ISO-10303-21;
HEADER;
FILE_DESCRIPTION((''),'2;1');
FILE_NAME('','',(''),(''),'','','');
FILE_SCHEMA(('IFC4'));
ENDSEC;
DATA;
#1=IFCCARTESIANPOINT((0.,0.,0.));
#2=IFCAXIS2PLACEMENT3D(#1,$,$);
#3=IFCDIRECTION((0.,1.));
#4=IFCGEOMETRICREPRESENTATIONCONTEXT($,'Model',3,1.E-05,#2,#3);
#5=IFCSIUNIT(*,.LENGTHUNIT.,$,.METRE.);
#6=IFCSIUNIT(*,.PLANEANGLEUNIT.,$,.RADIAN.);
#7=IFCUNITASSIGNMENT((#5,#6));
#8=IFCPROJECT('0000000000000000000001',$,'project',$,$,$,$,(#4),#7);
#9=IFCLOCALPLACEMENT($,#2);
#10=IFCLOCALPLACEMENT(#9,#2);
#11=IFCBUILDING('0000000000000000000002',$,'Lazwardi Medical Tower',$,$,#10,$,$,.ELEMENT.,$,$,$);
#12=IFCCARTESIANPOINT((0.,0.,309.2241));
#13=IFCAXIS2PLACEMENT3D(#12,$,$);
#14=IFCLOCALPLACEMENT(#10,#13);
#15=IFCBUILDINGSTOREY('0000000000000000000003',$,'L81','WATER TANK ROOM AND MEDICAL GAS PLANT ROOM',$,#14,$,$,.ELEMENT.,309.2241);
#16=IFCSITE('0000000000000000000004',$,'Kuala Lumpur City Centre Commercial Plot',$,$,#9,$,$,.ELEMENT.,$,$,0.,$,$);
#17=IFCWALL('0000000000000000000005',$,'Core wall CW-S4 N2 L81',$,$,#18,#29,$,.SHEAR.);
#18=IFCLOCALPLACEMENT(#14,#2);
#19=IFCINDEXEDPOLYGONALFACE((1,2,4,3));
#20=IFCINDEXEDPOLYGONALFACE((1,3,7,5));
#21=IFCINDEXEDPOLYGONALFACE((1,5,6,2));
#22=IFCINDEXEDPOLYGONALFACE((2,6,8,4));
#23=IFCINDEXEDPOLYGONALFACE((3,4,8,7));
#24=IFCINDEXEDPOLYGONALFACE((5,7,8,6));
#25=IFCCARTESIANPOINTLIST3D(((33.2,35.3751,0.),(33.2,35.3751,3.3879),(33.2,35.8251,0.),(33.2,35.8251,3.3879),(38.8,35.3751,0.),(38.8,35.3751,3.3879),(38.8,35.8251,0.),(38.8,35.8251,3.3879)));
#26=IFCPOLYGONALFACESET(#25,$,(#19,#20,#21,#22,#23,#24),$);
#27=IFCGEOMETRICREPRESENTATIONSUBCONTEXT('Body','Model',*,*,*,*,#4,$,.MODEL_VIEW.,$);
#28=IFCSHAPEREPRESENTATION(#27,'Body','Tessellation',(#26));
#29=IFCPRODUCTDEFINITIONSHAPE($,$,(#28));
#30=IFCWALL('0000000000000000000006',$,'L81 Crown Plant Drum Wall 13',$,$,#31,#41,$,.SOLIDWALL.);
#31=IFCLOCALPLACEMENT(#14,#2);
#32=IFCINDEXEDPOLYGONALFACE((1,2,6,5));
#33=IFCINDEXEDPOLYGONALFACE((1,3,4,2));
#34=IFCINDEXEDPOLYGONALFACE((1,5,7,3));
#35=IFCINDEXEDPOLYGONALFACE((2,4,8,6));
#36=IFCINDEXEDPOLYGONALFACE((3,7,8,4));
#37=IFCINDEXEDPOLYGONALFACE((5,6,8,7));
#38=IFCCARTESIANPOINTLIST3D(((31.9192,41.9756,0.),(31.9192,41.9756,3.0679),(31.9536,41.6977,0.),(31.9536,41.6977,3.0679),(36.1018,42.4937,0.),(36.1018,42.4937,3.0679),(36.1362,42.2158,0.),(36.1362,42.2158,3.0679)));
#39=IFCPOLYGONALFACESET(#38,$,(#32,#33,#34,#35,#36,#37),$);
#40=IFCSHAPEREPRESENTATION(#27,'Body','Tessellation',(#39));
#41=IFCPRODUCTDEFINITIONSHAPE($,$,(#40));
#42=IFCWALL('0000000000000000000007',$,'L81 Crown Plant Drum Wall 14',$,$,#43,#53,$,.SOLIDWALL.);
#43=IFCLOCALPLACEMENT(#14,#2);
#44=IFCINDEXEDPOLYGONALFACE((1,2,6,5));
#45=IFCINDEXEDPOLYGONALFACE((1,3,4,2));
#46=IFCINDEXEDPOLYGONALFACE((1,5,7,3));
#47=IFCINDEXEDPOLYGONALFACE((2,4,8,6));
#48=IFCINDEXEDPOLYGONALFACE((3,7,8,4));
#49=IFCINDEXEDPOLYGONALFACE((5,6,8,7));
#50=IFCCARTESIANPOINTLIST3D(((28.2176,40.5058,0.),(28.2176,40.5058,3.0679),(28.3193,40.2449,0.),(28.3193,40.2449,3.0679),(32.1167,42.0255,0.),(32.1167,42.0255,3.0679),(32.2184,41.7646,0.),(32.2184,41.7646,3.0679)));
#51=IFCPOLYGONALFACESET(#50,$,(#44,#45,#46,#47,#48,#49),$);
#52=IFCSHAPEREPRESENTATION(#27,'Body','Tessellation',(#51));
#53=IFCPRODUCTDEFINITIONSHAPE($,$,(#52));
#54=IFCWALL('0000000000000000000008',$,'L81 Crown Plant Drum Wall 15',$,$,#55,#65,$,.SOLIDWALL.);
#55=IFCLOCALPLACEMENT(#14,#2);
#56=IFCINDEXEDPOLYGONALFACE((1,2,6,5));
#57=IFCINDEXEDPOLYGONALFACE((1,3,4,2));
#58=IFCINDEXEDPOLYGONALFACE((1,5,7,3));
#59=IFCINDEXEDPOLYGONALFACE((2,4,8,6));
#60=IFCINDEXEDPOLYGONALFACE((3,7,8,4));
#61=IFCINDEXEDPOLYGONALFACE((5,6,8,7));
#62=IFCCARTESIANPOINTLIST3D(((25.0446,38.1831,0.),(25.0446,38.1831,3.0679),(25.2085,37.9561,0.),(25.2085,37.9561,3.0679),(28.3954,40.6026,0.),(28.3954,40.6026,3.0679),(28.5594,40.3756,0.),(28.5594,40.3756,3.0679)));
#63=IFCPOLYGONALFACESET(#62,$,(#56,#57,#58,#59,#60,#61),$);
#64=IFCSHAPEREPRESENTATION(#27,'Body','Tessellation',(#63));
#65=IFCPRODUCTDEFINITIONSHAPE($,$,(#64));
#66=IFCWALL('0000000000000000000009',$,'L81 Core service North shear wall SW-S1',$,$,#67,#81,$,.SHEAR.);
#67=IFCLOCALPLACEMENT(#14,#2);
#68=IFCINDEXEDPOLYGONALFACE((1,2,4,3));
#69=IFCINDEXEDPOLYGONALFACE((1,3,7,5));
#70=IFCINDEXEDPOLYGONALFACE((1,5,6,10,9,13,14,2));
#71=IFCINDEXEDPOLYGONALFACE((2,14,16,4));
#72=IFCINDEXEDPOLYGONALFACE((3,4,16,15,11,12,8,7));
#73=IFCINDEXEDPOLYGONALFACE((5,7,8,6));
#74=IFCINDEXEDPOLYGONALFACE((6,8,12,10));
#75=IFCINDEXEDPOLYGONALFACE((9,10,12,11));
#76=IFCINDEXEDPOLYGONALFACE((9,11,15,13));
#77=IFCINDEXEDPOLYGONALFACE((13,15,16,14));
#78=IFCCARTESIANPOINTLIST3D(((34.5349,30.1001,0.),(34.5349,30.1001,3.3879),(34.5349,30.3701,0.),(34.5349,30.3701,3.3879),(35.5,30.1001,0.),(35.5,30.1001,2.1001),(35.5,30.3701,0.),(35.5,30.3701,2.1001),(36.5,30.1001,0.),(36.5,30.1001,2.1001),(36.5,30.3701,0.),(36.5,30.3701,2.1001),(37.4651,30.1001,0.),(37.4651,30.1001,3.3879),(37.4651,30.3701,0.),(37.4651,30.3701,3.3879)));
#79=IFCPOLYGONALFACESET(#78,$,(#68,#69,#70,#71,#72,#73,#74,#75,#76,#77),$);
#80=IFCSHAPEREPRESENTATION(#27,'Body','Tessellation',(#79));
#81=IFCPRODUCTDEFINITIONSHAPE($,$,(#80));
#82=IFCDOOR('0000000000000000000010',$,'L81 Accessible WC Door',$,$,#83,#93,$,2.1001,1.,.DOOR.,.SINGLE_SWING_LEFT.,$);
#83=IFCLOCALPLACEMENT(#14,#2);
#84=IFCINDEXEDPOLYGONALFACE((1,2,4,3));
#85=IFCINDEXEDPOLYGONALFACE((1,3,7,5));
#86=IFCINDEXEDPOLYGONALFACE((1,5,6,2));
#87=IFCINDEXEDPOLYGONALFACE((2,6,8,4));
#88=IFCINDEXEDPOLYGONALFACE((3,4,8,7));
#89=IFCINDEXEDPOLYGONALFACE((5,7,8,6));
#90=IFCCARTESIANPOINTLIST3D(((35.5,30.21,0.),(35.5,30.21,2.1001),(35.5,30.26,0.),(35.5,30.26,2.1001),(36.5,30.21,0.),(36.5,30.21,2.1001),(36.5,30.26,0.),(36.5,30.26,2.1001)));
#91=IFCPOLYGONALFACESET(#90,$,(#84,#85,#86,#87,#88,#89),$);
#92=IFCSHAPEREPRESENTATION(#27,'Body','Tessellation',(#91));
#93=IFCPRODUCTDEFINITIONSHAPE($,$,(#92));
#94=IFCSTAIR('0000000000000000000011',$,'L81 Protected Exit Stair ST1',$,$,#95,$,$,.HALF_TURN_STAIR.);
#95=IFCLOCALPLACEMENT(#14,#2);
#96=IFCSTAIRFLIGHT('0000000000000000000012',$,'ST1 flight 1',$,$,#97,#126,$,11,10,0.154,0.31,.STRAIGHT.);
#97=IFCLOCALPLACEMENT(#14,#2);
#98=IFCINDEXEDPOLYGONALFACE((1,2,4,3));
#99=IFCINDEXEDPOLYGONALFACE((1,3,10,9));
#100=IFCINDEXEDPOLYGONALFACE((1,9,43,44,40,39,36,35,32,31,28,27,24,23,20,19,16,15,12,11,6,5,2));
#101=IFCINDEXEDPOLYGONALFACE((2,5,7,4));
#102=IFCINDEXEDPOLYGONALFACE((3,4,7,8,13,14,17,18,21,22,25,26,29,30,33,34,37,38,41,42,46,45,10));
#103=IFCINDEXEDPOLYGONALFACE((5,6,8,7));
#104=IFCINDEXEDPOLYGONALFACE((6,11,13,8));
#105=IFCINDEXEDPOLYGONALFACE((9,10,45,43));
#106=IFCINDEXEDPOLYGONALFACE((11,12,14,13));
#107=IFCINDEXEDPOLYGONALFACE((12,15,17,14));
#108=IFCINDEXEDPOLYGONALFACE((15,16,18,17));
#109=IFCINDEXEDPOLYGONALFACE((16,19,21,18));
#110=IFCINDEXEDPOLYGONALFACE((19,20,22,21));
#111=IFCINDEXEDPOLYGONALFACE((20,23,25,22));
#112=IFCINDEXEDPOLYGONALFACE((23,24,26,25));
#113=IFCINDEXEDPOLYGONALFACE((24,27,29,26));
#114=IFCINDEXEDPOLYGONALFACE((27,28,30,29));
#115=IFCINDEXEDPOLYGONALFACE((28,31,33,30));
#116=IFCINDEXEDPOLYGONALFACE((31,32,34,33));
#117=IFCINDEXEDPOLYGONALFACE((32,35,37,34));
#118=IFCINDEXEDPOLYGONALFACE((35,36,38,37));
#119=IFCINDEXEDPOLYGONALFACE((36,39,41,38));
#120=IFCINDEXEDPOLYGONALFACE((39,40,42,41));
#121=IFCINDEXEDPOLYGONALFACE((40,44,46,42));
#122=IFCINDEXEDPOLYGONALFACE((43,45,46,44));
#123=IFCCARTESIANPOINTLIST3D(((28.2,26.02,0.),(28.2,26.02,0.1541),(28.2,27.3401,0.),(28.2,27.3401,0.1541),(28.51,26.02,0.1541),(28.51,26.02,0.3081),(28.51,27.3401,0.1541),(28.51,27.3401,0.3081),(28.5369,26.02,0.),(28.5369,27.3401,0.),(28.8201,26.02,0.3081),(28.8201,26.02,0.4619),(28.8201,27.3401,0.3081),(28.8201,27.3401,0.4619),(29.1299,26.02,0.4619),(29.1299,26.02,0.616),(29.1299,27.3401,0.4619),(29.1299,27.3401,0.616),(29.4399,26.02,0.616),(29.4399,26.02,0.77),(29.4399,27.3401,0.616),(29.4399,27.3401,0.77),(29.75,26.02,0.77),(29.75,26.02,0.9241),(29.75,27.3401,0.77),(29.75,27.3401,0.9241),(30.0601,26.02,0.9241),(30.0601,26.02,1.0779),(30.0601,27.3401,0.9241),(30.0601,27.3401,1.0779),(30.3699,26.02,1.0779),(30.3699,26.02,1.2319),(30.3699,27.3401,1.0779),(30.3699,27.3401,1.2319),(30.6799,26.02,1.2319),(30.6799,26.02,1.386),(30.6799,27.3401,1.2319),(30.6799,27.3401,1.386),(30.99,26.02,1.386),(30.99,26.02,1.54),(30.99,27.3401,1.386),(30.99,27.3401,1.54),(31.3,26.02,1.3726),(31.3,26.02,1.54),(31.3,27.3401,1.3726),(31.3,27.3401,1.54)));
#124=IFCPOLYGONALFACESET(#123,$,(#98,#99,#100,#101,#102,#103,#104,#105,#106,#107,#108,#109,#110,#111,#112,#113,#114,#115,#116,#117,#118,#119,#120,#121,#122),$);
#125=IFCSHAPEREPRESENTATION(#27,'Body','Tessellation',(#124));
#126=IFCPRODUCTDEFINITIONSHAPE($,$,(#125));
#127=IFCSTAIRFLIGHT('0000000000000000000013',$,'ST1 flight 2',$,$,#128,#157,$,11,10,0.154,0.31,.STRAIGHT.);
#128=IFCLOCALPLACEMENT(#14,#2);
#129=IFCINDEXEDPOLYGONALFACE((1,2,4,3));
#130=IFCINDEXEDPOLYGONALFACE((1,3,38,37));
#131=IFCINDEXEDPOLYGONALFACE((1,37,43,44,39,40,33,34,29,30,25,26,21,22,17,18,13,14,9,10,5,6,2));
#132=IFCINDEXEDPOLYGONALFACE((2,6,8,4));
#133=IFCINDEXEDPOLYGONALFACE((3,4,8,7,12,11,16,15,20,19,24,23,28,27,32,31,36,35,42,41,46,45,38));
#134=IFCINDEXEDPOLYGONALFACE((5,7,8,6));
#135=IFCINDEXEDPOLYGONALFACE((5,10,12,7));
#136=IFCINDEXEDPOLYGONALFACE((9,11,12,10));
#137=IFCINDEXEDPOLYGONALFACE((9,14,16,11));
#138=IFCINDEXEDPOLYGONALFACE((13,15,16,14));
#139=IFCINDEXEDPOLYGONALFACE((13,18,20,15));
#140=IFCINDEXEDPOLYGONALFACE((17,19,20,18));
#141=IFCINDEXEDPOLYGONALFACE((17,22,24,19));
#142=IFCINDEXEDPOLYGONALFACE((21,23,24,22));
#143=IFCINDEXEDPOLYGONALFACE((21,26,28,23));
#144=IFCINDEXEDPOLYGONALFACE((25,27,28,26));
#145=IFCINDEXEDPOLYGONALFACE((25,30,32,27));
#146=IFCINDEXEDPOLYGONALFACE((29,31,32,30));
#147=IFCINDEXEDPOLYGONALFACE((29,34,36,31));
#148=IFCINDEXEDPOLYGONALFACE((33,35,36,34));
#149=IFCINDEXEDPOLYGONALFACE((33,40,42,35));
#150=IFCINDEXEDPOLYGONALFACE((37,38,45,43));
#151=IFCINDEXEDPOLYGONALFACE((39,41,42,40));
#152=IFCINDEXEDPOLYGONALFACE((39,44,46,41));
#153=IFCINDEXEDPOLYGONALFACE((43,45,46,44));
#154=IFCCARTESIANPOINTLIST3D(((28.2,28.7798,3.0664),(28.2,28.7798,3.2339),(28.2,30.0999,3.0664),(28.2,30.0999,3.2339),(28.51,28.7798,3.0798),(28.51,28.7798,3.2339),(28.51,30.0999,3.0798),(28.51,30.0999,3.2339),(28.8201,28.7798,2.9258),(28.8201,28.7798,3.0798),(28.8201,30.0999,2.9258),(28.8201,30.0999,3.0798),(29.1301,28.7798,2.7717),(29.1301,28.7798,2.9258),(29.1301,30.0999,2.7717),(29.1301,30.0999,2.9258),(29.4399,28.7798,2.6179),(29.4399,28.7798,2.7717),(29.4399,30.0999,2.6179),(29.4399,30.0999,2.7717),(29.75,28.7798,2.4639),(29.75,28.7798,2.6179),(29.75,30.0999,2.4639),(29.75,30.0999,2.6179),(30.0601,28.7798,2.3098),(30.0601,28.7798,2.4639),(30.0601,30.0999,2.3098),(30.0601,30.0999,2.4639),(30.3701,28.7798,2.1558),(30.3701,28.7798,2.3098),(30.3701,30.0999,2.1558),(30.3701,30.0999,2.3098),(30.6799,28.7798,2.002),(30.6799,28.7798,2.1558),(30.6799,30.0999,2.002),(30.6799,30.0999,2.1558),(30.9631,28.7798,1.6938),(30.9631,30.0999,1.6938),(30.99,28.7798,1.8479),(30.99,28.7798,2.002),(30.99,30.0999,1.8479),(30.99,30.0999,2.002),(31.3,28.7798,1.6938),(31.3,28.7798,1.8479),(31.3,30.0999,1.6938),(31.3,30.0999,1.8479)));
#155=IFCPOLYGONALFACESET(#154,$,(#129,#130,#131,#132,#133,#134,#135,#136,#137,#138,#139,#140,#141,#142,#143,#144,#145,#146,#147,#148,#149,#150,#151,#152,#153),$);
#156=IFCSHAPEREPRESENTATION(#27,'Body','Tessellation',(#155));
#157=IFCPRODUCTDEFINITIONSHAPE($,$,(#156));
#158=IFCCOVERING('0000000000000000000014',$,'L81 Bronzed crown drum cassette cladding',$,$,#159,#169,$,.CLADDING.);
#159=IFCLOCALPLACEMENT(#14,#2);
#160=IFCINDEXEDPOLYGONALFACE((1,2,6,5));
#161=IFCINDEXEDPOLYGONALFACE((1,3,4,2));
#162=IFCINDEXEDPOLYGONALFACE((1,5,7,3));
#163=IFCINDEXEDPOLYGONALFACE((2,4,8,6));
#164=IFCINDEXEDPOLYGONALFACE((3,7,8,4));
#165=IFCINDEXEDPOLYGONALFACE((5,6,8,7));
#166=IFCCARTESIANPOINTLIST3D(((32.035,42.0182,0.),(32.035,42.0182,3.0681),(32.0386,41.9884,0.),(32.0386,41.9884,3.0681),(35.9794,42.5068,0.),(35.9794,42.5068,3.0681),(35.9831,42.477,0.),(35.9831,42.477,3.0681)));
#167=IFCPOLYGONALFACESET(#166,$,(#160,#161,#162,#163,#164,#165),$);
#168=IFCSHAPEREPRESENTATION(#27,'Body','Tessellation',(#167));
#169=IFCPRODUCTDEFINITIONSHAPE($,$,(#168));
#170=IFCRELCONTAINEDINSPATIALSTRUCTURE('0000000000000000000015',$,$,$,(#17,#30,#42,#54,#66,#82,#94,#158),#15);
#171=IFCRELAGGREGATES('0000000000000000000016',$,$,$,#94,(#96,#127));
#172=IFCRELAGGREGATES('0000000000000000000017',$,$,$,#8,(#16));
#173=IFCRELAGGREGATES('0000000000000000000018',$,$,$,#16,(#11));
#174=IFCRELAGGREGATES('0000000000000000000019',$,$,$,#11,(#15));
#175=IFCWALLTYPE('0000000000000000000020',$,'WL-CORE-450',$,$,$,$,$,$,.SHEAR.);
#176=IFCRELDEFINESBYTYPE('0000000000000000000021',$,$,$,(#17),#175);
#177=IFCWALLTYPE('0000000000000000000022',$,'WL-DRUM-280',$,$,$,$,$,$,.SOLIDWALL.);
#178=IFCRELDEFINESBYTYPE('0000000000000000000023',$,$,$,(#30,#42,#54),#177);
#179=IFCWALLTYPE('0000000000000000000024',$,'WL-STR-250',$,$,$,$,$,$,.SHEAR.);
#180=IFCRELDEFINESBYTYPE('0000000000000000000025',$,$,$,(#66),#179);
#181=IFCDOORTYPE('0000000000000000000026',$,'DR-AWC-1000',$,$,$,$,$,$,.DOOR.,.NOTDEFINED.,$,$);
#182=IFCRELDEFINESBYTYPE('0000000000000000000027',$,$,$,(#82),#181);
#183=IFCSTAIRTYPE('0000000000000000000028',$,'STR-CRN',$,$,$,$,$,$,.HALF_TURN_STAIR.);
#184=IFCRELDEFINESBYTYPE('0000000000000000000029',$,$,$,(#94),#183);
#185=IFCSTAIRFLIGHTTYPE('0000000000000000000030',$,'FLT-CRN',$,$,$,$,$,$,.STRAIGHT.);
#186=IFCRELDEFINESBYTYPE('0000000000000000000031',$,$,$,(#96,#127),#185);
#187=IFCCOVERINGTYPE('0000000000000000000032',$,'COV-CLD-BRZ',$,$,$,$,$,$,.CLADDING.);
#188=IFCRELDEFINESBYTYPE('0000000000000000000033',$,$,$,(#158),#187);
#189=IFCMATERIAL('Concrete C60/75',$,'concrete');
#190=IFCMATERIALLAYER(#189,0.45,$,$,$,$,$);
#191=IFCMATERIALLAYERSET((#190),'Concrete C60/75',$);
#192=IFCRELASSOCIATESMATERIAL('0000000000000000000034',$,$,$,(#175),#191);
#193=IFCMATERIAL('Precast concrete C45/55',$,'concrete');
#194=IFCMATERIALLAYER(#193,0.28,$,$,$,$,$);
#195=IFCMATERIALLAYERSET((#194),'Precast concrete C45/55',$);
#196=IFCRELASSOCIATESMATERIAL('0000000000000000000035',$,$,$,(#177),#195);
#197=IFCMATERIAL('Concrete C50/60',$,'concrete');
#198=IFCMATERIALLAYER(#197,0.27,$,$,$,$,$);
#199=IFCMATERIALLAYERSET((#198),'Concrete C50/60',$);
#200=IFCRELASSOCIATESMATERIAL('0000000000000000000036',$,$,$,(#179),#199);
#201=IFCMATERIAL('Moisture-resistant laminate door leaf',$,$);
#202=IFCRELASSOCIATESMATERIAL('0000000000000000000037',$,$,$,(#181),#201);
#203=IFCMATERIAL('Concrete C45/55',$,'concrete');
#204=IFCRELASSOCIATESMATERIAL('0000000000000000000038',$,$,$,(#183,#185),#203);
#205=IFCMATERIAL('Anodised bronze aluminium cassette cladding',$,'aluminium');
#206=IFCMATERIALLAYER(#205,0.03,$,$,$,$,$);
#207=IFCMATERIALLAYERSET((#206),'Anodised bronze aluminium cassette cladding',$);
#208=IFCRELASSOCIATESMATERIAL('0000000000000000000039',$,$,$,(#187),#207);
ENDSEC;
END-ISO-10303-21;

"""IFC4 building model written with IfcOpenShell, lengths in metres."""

from ifc_helpers import new_model, si_unit, direction, frame, frame_2d, origin, origin_2d, place, context, subcontext, project, spatial, polyline, rectangle, outline, extrude, material, layer, layer_set, type_object, element, fill, aggregate, save


model = new_model("IFC4")

# Units and contexts
model_context = context("Model", 3, precision=1e-05, world=origin(), true_north=direction((0.0, 1.0)))
body_context = subcontext(model_context, "Body", "Model", "MODEL_VIEW")
ifc_project = project(units=[si_unit("LENGTHUNIT", "METRE"), si_unit("PLANEANGLEUNIT", "RADIAN")], contexts=[model_context])

# Site, building, storey
site_placement = place(None, origin())
site = spatial("IfcSite", under=ifc_project, at=site_placement, Name="Kuala Lumpur City Centre Commercial Plot", CompositionType="ELEMENT", RefElevation=0.0)
building_placement = place(site_placement, origin())
building = spatial("IfcBuilding", under=site, at=building_placement, Name="Lazwardi Medical Tower", CompositionType="ELEMENT")
storey_placement = place(building_placement, frame((0.0, 0.0, 309.2241)))
storey = spatial("IfcBuildingStorey", under=building, at=storey_placement, Name="L81", Description="WATER TANK ROOM AND MEDICAL GAS PLANT ROOM", CompositionType="ELEMENT", Elevation=309.2241)

# Shared definitions
ifc_material_1 = material(Name="Concrete C60/75", Category="concrete")

# Walls
ifc_layer_1 = layer(ifc_material_1, 0.45)
ifc_layer_set_1 = layer_set([ifc_layer_1], Name="Concrete C60/75")
wall_type_1 = type_object("IfcWallType", Name="WL-CORE-450", PredefinedType="SHEAR", material=ifc_layer_set_1)
wall_1_placement = place(storey_placement, frame((33.2, 35.6001, 0.0), z_axis=(0.0, 0.0, 1.0), x_axis=(1.0, 0.0, 0.0)))
element("IfcWall", 1, at=wall_1_placement, inside=storey, type_object=wall_type_1, Name="Core wall CW-S4 N2 L81", PredefinedType="SHEAR", context=body_context, shape_type="SweptSolid", body=[
    extrude(rectangle(XDim=5.6001, YDim=0.45, at=frame_2d((2.8, 0.0))), origin(), (0.0, 0.0, 1.0), 3.3879),
])
ifc_material_2 = material(Name="Precast concrete C45/55", Category="concrete")
ifc_layer_2 = layer(ifc_material_2, 0.28)
ifc_layer_set_2 = layer_set([ifc_layer_2], Name="Precast concrete C45/55")
wall_type_2 = type_object("IfcWallType", Name="WL-DRUM-280", PredefinedType="SOLIDWALL", material=ifc_layer_set_2)
wall_2_placement = place(storey_placement, frame((36.1191, 42.3547, 0.0), z_axis=(0.0, 0.0, 1.0), x_axis=(-0.992416, -0.122922, 0.0)))
element("IfcWall", 2, at=wall_2_placement, inside=storey, type_object=wall_type_2, Name="L81 Crown Plant Drum Wall 13", PredefinedType="SOLIDWALL", context=body_context, shape_type="SweptSolid", body=[
    extrude(rectangle(XDim=4.2146, YDim=0.28, at=frame_2d((2.1074, 0.0))), origin(), (0.0, 0.0, 1.0), 3.0679),
])
wall_3_placement = place(storey_placement, frame((32.1675, 41.895, 0.0), z_axis=(0.0, 0.0, 1.0), x_axis=(-0.931727, -0.363158, 0.0)))
element("IfcWall", 3, at=wall_3_placement, inside=storey, type_object=wall_type_2, Name="L81 Crown Plant Drum Wall 14", PredefinedType="SOLIDWALL", context=body_context, shape_type="SweptSolid", body=[
    extrude(rectangle(XDim=4.1848, YDim=0.28, at=frame_2d((2.0923, 0.0))), origin(), (0.0, 0.0, 1.0), 3.0679),
])
wall_4_placement = place(storey_placement, frame((28.4773, 40.489, 0.0), z_axis=(0.0, 0.0, 1.0), x_axis=(-0.810749, -0.585393, 0.0)))
element("IfcWall", 4, at=wall_4_placement, inside=storey, type_object=wall_type_2, Name="L81 Crown Plant Drum Wall 15", PredefinedType="SOLIDWALL", context=body_context, shape_type="SweptSolid", body=[
    extrude(rectangle(XDim=4.1331, YDim=0.28, at=frame_2d((2.0664, 0.0))), origin(), (0.0, 0.0, 1.0), 3.0679),
])

# Wall, opening, door
ifc_material_3 = material(Name="Concrete C50/60", Category="concrete")
ifc_layer_3 = layer(ifc_material_3, 0.27)
ifc_layer_set_3 = layer_set([ifc_layer_3], Name="Concrete C50/60")
wall_type_3 = type_object("IfcWallType", Name="WL-STR-250", PredefinedType="SHEAR", material=ifc_layer_set_3)
wall_5_placement = place(storey_placement, frame((34.5349, 30.2351, 0.0), z_axis=(0.0, 0.0, 1.0), x_axis=(1.0, 0.0, 0.0)))
wall_5 = element("IfcWall", 5, at=wall_5_placement, inside=storey, type_object=wall_type_3, Name="L81 Core service North shear wall SW-S1", PredefinedType="SHEAR", context=body_context, shape_type="SweptSolid", body=[
    extrude(rectangle(XDim=2.9302, YDim=0.27, at=frame_2d((1.4651, 0.0))), origin(), (0.0, 0.0, 1.0), 3.3879),
])
opening_1_placement = place(wall_5_placement, frame((0.9651, 0.0, 0.0)))
opening_1 = element("IfcOpeningElement", 6, at=opening_1_placement, cuts=wall_5, PredefinedType="OPENING", context=body_context, shape_type="SweptSolid", body=[
    extrude(rectangle(XDim=1.0, YDim=2.1001, at=frame_2d((0.5, 1.05))), frame((0.0, 0.145, 0.0), z_axis=(0.0, -1.0, 0.0), x_axis=(1.0, 0.0, 0.0)), (0.0, 0.0, 1.0), 0.29),
])
ifc_material_4 = material(Name="Moisture-resistant laminate door leaf")
door_type_1 = type_object("IfcDoorType", Name="DR-AWC-1000", OperationType="NOTDEFINED", PredefinedType="DOOR", material=ifc_material_4)
door_1_placement = place(opening_1_placement, origin())
door_1 = element("IfcDoor", 7, at=door_1_placement, inside=storey, type_object=door_type_1, Name="L81 Accessible WC Door", OperationType="SINGLE_SWING_LEFT", OverallHeight=2.1001, OverallWidth=1.0, PredefinedType="DOOR", context=body_context, shape_type="SweptSolid", body=[
    extrude(rectangle(XDim=1.0, YDim=2.1001, at=frame_2d((0.5, 1.05))), frame((0.0, 0.0249, 0.0), z_axis=(0.0, -1.0, 0.0), x_axis=(1.0, 0.0, 0.0)), (0.0, 0.0, 1.0), 0.05),
])
fill(opening_1, door_1)

# Stair, stair flights
ifc_material_5 = material(Name="Concrete C45/55", Category="concrete")
stair_type = type_object("IfcStairType", Name="STR-CRN", PredefinedType="HALF_TURN_STAIR", material=ifc_material_5)
stair_placement = place(storey_placement, origin())
stair = element("IfcStair", 8, at=stair_placement, inside=storey, type_object=stair_type, Name="L81 Protected Exit Stair ST1", PredefinedType="HALF_TURN_STAIR")
stair_flight_type = type_object("IfcStairFlightType", Name="FLT-CRN", PredefinedType="STRAIGHT", material=ifc_material_5)
stair_flight_1_placement = place(storey_placement, frame((28.2, 26.6799, 0.0), z_axis=(0.0, 0.0, 1.0), x_axis=(1.0, 0.0, 0.0)))
stair_flight_1 = element("IfcStairFlight", 9, at=stair_flight_1_placement, type_object=stair_flight_type, Name="ST1 flight 1", NumberOfRisers=11, NumberOfTreads=10, PredefinedType="STRAIGHT", RiserHeight=0.154, TreadLength=0.31, context=body_context, shape_type="SweptSolid", body=[
    extrude(outline(polyline([(0.0, 0.0), (0.0, 0.1541), (0.3101, 0.1541), (0.3101, 0.3081), (0.6201, 0.3081), (0.6201, 0.4619), (0.9299, 0.4619), (0.9299, 0.616), (1.24, 0.616), (1.24, 0.77), (1.55, 0.77), (1.55, 0.9241), (1.8601, 0.9241), (1.8601, 1.0779), (2.1699, 1.0779), (2.1699, 1.2319), (2.48, 1.2319), (2.48, 1.386), (2.79, 1.386), (2.79, 1.54), (3.1001, 1.54), (3.1001, 1.6941), (3.1001, 1.3726), (0.3369, 0.0), (0.0, 0.0)])), frame((0.0, 0.6602, 0.0), z_axis=(0.0, -1.0, 0.0), x_axis=(1.0, 0.0, 0.0)), (0.0, 0.0, 1.0), 1.3201),
])
stair_flight_2_placement = place(storey_placement, frame((31.3, 29.4399, 1.6938), z_axis=(0.0, 0.0, 1.0), x_axis=(-1.0, 0.0, 0.0)))
stair_flight_2 = element("IfcStairFlight", 10, at=stair_flight_2_placement, type_object=stair_flight_type, Name="ST1 flight 2", NumberOfRisers=11, NumberOfTreads=10, PredefinedType="STRAIGHT", RiserHeight=0.154, TreadLength=0.31, context=body_context, shape_type="SweptSolid", body=[
    extrude(outline(polyline([(0.0, 0.0), (0.0, 0.1541), (0.3101, 0.1541), (0.3101, 0.3081), (0.6201, 0.3081), (0.6201, 0.4619), (0.9299, 0.4619), (0.9299, 0.616), (1.24, 0.616), (1.24, 0.77), (1.55, 0.77), (1.55, 0.9241), (1.8601, 0.9241), (1.8601, 1.0779), (2.1699, 1.0779), (2.1699, 1.2319), (2.48, 1.2319), (2.48, 1.386), (2.79, 1.386), (2.79, 1.54), (3.1001, 1.54), (3.1001, 1.6941), (3.1001, 1.3726), (0.3369, 0.0), (0.0, 0.0)])), frame((0.0, 0.6602, 0.0), z_axis=(0.0, -1.0, 0.0), x_axis=(1.0, 0.0, 0.0)), (0.0, 0.0, 1.0), 1.3201),
])
aggregate(stair, [stair_flight_1, stair_flight_2])

# Covering
ifc_material_6 = material(Name="Anodised bronze aluminium cassette cladding", Category="aluminium")
ifc_layer_4 = layer(ifc_material_6, 0.03)
ifc_layer_set_4 = layer_set([ifc_layer_4], Name="Anodised bronze aluminium cassette cladding")
covering_type = type_object("IfcCoveringType", Name="COV-CLD-BRZ", PredefinedType="CLADDING", material=ifc_layer_set_4)
covering_1_placement = place(storey_placement, frame((34.009, 42.2476, 0.0), z_axis=(0.0, 0.0, 1.0), x_axis=(-0.992415, -0.122933, 0.0)))
element("IfcCovering", 11, at=covering_1_placement, inside=storey, type_object=covering_type, Name="L81 Bronzed crown drum cassette cladding", PredefinedType="CLADDING", context=body_context, shape_type="SweptSolid", body=[
    extrude(rectangle(XDim=3.9746, YDim=0.03, at=origin_2d()), origin(), (0.0, 0.0, 1.0), 3.0681),
])

save(model, "model.ifc")
